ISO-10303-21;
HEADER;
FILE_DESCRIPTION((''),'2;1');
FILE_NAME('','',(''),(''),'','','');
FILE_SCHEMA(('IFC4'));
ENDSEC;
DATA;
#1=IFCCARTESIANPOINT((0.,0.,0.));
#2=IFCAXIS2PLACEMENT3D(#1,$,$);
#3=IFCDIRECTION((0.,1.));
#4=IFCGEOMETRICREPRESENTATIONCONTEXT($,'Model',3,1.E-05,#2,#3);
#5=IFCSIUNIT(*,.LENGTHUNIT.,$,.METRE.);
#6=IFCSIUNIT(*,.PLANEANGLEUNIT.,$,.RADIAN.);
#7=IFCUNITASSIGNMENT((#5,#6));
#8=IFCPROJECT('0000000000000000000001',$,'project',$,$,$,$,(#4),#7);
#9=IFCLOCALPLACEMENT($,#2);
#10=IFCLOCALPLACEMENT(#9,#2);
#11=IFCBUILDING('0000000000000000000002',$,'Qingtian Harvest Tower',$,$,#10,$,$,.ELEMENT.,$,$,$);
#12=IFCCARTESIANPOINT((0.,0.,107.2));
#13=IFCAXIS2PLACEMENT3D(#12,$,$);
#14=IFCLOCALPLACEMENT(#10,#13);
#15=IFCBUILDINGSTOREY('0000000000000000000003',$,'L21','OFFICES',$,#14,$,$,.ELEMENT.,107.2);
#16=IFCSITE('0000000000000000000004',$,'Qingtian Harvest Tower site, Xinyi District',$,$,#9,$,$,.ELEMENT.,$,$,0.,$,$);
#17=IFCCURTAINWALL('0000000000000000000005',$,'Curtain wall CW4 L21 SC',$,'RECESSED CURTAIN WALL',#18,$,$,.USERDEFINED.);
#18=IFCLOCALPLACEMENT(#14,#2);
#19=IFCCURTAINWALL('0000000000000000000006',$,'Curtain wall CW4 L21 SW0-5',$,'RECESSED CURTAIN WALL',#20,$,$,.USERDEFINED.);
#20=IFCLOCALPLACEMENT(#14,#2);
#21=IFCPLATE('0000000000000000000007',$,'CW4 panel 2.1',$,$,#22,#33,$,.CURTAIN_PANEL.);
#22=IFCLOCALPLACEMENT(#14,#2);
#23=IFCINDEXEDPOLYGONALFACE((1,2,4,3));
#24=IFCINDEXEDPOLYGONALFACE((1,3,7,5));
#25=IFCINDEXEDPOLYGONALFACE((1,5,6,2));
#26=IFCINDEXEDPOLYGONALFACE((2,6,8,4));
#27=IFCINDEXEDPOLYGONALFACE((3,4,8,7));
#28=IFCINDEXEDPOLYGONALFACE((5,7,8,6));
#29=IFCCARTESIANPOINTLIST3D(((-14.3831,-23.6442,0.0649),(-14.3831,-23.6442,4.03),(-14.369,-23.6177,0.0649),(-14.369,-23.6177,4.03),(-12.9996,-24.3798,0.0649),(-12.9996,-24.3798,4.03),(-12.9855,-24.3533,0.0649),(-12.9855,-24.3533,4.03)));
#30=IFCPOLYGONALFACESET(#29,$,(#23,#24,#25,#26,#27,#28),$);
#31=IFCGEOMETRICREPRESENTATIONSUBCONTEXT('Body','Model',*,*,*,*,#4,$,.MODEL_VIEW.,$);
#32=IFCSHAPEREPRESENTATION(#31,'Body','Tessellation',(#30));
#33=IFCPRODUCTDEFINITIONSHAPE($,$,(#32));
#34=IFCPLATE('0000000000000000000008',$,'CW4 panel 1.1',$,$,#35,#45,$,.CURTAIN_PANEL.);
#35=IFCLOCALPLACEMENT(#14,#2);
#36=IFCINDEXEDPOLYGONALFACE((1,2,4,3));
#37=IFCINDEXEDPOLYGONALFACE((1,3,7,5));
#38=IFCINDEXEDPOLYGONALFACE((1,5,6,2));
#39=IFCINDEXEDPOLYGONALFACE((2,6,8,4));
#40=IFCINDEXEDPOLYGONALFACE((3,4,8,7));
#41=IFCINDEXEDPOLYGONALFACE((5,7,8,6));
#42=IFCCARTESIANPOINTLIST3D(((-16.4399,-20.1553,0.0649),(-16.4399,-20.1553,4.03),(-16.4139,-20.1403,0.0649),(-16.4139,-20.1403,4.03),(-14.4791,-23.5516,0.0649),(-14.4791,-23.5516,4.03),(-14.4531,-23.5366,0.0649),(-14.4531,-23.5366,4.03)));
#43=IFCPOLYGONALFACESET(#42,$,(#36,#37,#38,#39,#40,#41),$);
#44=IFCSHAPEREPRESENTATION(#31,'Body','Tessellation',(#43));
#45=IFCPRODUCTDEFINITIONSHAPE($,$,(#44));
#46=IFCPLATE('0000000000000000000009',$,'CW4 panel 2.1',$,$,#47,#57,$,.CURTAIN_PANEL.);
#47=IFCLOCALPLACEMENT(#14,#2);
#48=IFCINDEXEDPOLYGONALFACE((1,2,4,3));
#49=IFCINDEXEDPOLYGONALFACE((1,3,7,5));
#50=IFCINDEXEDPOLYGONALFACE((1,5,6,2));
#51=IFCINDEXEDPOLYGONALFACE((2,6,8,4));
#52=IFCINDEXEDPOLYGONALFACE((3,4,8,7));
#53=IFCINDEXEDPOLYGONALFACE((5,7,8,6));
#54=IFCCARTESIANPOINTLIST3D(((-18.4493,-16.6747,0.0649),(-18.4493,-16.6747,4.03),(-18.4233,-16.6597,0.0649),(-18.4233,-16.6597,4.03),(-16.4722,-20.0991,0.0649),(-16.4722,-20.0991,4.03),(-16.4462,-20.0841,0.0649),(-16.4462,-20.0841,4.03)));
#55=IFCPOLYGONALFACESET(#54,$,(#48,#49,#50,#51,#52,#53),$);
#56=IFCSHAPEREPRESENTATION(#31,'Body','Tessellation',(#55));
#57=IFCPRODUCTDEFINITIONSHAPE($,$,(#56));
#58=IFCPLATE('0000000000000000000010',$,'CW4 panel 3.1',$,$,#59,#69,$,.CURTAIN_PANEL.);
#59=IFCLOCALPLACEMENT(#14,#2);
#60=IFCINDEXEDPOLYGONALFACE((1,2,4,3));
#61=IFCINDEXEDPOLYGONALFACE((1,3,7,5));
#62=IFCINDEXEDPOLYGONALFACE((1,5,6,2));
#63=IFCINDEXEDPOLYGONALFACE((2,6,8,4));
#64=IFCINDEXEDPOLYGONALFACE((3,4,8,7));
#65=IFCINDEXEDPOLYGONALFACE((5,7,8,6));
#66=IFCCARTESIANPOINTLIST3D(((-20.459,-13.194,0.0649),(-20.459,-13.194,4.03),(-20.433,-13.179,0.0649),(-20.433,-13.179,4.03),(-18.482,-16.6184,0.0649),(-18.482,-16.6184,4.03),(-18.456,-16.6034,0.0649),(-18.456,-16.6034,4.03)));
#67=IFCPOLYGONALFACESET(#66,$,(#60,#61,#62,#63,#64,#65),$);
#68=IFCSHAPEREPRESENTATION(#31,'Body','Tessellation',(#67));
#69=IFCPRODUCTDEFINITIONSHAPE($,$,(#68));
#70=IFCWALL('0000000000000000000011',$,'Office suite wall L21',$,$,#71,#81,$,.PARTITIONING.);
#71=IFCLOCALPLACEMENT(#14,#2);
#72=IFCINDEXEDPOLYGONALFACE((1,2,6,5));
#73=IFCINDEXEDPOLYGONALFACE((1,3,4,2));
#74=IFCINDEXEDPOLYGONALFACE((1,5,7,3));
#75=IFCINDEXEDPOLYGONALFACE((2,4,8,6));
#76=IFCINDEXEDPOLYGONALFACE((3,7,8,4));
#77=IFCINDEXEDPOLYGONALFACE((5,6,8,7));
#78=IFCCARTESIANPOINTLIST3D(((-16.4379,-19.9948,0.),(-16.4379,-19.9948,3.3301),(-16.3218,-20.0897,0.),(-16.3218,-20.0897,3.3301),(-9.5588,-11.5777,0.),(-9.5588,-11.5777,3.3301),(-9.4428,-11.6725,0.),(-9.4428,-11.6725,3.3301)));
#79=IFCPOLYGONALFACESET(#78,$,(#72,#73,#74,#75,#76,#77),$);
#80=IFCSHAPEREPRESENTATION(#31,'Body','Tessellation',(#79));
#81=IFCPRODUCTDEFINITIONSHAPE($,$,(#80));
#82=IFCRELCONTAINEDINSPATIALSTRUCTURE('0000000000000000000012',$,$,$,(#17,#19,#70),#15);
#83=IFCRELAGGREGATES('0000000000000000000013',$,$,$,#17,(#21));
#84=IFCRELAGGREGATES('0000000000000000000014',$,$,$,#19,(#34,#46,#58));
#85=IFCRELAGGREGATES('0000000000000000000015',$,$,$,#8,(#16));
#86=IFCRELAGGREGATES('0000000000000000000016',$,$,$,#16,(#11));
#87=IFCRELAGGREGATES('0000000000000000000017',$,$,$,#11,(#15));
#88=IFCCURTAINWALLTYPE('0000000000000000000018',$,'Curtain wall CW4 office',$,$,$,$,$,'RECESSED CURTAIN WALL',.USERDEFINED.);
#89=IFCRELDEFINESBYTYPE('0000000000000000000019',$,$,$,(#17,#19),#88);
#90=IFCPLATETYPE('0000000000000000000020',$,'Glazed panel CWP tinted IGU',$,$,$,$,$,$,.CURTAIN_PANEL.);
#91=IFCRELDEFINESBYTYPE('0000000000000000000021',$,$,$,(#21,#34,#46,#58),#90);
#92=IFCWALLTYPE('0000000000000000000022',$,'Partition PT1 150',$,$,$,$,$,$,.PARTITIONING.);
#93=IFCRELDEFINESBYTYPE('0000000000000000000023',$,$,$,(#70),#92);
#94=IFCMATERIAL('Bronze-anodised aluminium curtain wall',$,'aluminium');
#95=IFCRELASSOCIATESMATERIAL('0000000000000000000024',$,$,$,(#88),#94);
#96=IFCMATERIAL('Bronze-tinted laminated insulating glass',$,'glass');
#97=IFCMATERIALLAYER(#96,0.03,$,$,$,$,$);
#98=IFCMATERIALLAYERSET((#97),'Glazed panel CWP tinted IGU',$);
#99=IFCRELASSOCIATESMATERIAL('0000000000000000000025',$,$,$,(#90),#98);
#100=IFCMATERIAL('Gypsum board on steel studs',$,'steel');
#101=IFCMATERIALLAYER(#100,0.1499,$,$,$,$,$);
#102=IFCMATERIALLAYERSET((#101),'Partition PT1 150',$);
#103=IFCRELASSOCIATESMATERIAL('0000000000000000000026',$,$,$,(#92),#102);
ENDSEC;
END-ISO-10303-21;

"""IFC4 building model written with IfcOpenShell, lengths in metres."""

from ifc_helpers import new_model, si_unit, direction, frame, frame_2d, origin, origin_2d, place, context, subcontext, project, spatial, rectangle, extrude, material, layer, layer_set, type_object, element, aggregate, save


model = new_model("IFC4")

# Units and contexts
model_context = context("Model", 3, precision=1e-05, world=origin(), true_north=direction((0.0, 1.0)))
body_context = subcontext(model_context, "Body", "Model", "MODEL_VIEW")
ifc_project = project(units=[si_unit("LENGTHUNIT", "METRE"), si_unit("PLANEANGLEUNIT", "RADIAN")], contexts=[model_context])

# Site, building, storey
site_placement = place(None, origin())
site = spatial("IfcSite", under=ifc_project, at=site_placement, Name="Qingtian Harvest Tower site, Xinyi District", CompositionType="ELEMENT", RefElevation=0.0)
building_placement = place(site_placement, origin())
building = spatial("IfcBuilding", under=site, at=building_placement, Name="Qingtian Harvest Tower", CompositionType="ELEMENT")
storey_placement = place(building_placement, frame((0.0, 0.0, 107.2)))
storey = spatial("IfcBuildingStorey", under=building, at=storey_placement, Name="L21", Description="OFFICES", CompositionType="ELEMENT", Elevation=107.2)

# Curtain walls
ifc_material_1 = material(Name="Bronze-anodised aluminium curtain wall", Category="aluminium")
curtain_wall_type = type_object("IfcCurtainWallType", Name="Curtain wall CW4 office", ElementType="RECESSED CURTAIN WALL", PredefinedType="USERDEFINED", material=ifc_material_1)
curtain_wall_1_placement = place(storey_placement, origin())
curtain_wall_1 = element("IfcCurtainWall", 1, at=curtain_wall_1_placement, inside=storey, type_object=curtain_wall_type, Name="Curtain wall CW4 L21 SC", ObjectType="RECESSED CURTAIN WALL", PredefinedType="USERDEFINED")
curtain_wall_2_placement = place(storey_placement, origin())
curtain_wall_2 = element("IfcCurtainWall", 2, at=curtain_wall_2_placement, inside=storey, type_object=curtain_wall_type, Name="Curtain wall CW4 L21 SW0-5", ObjectType="RECESSED CURTAIN WALL", PredefinedType="USERDEFINED")

# Plates
ifc_material_2 = material(Name="Bronze-tinted laminated insulating glass", Category="glass")
ifc_layer_1 = layer(ifc_material_2, 0.03)
ifc_layer_set_1 = layer_set([ifc_layer_1], Name="Glazed panel CWP tinted IGU")
plate_type = type_object("IfcPlateType", Name="Glazed panel CWP tinted IGU", PredefinedType="CURTAIN_PANEL", material=ifc_layer_set_1)
plate_1_placement = place(storey_placement, frame((-13.6843, -23.9988, 0.0649), z_axis=(0.0, 0.0, 1.0), x_axis=(-0.882948, 0.469472, 0.0)))
plate_1 = element("IfcPlate", 3, at=plate_1_placement, type_object=plate_type, Name="CW4 panel 2.1", PredefinedType="CURTAIN_PANEL", context=body_context, shape_type="SweptSolid", body=[
    extrude(rectangle(XDim=1.5669, YDim=0.03, at=origin_2d()), origin(), (0.0, 0.0, 1.0), 3.9651),
])
aggregate(curtain_wall_1, [plate_1])
plate_2_placement = place(storey_placement, frame((-15.4465, -21.8459, 0.0649), z_axis=(0.0, 0.0, 1.0), x_axis=(-0.5, 0.866025, 0.0)))
plate_2 = element("IfcPlate", 4, at=plate_2_placement, type_object=plate_type, Name="CW4 panel 1.1", PredefinedType="CURTAIN_PANEL", context=body_context, shape_type="SweptSolid", body=[
    extrude(rectangle(XDim=3.9216, YDim=0.03, at=origin_2d()), origin(), (0.0, 0.0, 1.0), 3.9651),
])
plate_3_placement = place(storey_placement, frame((-17.4478, -18.3794, 0.0649), z_axis=(0.0, 0.0, 1.0), x_axis=(-0.5, 0.866025, 0.0)))
plate_3 = element("IfcPlate", 5, at=plate_3_placement, type_object=plate_type, Name="CW4 panel 2.1", PredefinedType="CURTAIN_PANEL", context=body_context, shape_type="SweptSolid", body=[
    extrude(rectangle(XDim=3.9541, YDim=0.03, at=origin_2d()), origin(), (0.0, 0.0, 1.0), 3.9651),
])
plate_4_placement = place(storey_placement, frame((-19.4575, -14.8987, 0.0649), z_axis=(0.0, 0.0, 1.0), x_axis=(-0.5, 0.866025, 0.0)))
plate_4 = element("IfcPlate", 6, at=plate_4_placement, type_object=plate_type, Name="CW4 panel 3.1", PredefinedType="CURTAIN_PANEL", context=body_context, shape_type="SweptSolid", body=[
    extrude(rectangle(XDim=3.9541, YDim=0.03, at=origin_2d()), origin(), (0.0, 0.0, 1.0), 3.9651),
])
aggregate(curtain_wall_2, [plate_2, plate_3, plate_4])

# Wall
ifc_material_3 = material(Name="Gypsum board on steel studs", Category="steel")
ifc_layer_2 = layer(ifc_material_3, 0.1499)
ifc_layer_set_2 = layer_set([ifc_layer_2], Name="Partition PT1 150")
wall_type = type_object("IfcWallType", Name="Partition PT1 150", PredefinedType="PARTITIONING", material=ifc_layer_set_2)
wall_placement = place(storey_placement, frame((-16.3799, -20.0422, 0.0), z_axis=(0.0, 0.0, 1.0), x_axis=(0.632815, 0.774303, 0.0)))
element("IfcWall", 7, at=wall_placement, inside=storey, type_object=wall_type, Name="Office suite wall L21", PredefinedType="PARTITIONING", context=body_context, shape_type="SweptSolid", body=[
    extrude(rectangle(XDim=10.8706, YDim=0.1499, at=frame_2d((5.4353, 0.0))), origin(), (0.0, 0.0, 1.0), 3.3301),
])

save(model, "model.ifc")
